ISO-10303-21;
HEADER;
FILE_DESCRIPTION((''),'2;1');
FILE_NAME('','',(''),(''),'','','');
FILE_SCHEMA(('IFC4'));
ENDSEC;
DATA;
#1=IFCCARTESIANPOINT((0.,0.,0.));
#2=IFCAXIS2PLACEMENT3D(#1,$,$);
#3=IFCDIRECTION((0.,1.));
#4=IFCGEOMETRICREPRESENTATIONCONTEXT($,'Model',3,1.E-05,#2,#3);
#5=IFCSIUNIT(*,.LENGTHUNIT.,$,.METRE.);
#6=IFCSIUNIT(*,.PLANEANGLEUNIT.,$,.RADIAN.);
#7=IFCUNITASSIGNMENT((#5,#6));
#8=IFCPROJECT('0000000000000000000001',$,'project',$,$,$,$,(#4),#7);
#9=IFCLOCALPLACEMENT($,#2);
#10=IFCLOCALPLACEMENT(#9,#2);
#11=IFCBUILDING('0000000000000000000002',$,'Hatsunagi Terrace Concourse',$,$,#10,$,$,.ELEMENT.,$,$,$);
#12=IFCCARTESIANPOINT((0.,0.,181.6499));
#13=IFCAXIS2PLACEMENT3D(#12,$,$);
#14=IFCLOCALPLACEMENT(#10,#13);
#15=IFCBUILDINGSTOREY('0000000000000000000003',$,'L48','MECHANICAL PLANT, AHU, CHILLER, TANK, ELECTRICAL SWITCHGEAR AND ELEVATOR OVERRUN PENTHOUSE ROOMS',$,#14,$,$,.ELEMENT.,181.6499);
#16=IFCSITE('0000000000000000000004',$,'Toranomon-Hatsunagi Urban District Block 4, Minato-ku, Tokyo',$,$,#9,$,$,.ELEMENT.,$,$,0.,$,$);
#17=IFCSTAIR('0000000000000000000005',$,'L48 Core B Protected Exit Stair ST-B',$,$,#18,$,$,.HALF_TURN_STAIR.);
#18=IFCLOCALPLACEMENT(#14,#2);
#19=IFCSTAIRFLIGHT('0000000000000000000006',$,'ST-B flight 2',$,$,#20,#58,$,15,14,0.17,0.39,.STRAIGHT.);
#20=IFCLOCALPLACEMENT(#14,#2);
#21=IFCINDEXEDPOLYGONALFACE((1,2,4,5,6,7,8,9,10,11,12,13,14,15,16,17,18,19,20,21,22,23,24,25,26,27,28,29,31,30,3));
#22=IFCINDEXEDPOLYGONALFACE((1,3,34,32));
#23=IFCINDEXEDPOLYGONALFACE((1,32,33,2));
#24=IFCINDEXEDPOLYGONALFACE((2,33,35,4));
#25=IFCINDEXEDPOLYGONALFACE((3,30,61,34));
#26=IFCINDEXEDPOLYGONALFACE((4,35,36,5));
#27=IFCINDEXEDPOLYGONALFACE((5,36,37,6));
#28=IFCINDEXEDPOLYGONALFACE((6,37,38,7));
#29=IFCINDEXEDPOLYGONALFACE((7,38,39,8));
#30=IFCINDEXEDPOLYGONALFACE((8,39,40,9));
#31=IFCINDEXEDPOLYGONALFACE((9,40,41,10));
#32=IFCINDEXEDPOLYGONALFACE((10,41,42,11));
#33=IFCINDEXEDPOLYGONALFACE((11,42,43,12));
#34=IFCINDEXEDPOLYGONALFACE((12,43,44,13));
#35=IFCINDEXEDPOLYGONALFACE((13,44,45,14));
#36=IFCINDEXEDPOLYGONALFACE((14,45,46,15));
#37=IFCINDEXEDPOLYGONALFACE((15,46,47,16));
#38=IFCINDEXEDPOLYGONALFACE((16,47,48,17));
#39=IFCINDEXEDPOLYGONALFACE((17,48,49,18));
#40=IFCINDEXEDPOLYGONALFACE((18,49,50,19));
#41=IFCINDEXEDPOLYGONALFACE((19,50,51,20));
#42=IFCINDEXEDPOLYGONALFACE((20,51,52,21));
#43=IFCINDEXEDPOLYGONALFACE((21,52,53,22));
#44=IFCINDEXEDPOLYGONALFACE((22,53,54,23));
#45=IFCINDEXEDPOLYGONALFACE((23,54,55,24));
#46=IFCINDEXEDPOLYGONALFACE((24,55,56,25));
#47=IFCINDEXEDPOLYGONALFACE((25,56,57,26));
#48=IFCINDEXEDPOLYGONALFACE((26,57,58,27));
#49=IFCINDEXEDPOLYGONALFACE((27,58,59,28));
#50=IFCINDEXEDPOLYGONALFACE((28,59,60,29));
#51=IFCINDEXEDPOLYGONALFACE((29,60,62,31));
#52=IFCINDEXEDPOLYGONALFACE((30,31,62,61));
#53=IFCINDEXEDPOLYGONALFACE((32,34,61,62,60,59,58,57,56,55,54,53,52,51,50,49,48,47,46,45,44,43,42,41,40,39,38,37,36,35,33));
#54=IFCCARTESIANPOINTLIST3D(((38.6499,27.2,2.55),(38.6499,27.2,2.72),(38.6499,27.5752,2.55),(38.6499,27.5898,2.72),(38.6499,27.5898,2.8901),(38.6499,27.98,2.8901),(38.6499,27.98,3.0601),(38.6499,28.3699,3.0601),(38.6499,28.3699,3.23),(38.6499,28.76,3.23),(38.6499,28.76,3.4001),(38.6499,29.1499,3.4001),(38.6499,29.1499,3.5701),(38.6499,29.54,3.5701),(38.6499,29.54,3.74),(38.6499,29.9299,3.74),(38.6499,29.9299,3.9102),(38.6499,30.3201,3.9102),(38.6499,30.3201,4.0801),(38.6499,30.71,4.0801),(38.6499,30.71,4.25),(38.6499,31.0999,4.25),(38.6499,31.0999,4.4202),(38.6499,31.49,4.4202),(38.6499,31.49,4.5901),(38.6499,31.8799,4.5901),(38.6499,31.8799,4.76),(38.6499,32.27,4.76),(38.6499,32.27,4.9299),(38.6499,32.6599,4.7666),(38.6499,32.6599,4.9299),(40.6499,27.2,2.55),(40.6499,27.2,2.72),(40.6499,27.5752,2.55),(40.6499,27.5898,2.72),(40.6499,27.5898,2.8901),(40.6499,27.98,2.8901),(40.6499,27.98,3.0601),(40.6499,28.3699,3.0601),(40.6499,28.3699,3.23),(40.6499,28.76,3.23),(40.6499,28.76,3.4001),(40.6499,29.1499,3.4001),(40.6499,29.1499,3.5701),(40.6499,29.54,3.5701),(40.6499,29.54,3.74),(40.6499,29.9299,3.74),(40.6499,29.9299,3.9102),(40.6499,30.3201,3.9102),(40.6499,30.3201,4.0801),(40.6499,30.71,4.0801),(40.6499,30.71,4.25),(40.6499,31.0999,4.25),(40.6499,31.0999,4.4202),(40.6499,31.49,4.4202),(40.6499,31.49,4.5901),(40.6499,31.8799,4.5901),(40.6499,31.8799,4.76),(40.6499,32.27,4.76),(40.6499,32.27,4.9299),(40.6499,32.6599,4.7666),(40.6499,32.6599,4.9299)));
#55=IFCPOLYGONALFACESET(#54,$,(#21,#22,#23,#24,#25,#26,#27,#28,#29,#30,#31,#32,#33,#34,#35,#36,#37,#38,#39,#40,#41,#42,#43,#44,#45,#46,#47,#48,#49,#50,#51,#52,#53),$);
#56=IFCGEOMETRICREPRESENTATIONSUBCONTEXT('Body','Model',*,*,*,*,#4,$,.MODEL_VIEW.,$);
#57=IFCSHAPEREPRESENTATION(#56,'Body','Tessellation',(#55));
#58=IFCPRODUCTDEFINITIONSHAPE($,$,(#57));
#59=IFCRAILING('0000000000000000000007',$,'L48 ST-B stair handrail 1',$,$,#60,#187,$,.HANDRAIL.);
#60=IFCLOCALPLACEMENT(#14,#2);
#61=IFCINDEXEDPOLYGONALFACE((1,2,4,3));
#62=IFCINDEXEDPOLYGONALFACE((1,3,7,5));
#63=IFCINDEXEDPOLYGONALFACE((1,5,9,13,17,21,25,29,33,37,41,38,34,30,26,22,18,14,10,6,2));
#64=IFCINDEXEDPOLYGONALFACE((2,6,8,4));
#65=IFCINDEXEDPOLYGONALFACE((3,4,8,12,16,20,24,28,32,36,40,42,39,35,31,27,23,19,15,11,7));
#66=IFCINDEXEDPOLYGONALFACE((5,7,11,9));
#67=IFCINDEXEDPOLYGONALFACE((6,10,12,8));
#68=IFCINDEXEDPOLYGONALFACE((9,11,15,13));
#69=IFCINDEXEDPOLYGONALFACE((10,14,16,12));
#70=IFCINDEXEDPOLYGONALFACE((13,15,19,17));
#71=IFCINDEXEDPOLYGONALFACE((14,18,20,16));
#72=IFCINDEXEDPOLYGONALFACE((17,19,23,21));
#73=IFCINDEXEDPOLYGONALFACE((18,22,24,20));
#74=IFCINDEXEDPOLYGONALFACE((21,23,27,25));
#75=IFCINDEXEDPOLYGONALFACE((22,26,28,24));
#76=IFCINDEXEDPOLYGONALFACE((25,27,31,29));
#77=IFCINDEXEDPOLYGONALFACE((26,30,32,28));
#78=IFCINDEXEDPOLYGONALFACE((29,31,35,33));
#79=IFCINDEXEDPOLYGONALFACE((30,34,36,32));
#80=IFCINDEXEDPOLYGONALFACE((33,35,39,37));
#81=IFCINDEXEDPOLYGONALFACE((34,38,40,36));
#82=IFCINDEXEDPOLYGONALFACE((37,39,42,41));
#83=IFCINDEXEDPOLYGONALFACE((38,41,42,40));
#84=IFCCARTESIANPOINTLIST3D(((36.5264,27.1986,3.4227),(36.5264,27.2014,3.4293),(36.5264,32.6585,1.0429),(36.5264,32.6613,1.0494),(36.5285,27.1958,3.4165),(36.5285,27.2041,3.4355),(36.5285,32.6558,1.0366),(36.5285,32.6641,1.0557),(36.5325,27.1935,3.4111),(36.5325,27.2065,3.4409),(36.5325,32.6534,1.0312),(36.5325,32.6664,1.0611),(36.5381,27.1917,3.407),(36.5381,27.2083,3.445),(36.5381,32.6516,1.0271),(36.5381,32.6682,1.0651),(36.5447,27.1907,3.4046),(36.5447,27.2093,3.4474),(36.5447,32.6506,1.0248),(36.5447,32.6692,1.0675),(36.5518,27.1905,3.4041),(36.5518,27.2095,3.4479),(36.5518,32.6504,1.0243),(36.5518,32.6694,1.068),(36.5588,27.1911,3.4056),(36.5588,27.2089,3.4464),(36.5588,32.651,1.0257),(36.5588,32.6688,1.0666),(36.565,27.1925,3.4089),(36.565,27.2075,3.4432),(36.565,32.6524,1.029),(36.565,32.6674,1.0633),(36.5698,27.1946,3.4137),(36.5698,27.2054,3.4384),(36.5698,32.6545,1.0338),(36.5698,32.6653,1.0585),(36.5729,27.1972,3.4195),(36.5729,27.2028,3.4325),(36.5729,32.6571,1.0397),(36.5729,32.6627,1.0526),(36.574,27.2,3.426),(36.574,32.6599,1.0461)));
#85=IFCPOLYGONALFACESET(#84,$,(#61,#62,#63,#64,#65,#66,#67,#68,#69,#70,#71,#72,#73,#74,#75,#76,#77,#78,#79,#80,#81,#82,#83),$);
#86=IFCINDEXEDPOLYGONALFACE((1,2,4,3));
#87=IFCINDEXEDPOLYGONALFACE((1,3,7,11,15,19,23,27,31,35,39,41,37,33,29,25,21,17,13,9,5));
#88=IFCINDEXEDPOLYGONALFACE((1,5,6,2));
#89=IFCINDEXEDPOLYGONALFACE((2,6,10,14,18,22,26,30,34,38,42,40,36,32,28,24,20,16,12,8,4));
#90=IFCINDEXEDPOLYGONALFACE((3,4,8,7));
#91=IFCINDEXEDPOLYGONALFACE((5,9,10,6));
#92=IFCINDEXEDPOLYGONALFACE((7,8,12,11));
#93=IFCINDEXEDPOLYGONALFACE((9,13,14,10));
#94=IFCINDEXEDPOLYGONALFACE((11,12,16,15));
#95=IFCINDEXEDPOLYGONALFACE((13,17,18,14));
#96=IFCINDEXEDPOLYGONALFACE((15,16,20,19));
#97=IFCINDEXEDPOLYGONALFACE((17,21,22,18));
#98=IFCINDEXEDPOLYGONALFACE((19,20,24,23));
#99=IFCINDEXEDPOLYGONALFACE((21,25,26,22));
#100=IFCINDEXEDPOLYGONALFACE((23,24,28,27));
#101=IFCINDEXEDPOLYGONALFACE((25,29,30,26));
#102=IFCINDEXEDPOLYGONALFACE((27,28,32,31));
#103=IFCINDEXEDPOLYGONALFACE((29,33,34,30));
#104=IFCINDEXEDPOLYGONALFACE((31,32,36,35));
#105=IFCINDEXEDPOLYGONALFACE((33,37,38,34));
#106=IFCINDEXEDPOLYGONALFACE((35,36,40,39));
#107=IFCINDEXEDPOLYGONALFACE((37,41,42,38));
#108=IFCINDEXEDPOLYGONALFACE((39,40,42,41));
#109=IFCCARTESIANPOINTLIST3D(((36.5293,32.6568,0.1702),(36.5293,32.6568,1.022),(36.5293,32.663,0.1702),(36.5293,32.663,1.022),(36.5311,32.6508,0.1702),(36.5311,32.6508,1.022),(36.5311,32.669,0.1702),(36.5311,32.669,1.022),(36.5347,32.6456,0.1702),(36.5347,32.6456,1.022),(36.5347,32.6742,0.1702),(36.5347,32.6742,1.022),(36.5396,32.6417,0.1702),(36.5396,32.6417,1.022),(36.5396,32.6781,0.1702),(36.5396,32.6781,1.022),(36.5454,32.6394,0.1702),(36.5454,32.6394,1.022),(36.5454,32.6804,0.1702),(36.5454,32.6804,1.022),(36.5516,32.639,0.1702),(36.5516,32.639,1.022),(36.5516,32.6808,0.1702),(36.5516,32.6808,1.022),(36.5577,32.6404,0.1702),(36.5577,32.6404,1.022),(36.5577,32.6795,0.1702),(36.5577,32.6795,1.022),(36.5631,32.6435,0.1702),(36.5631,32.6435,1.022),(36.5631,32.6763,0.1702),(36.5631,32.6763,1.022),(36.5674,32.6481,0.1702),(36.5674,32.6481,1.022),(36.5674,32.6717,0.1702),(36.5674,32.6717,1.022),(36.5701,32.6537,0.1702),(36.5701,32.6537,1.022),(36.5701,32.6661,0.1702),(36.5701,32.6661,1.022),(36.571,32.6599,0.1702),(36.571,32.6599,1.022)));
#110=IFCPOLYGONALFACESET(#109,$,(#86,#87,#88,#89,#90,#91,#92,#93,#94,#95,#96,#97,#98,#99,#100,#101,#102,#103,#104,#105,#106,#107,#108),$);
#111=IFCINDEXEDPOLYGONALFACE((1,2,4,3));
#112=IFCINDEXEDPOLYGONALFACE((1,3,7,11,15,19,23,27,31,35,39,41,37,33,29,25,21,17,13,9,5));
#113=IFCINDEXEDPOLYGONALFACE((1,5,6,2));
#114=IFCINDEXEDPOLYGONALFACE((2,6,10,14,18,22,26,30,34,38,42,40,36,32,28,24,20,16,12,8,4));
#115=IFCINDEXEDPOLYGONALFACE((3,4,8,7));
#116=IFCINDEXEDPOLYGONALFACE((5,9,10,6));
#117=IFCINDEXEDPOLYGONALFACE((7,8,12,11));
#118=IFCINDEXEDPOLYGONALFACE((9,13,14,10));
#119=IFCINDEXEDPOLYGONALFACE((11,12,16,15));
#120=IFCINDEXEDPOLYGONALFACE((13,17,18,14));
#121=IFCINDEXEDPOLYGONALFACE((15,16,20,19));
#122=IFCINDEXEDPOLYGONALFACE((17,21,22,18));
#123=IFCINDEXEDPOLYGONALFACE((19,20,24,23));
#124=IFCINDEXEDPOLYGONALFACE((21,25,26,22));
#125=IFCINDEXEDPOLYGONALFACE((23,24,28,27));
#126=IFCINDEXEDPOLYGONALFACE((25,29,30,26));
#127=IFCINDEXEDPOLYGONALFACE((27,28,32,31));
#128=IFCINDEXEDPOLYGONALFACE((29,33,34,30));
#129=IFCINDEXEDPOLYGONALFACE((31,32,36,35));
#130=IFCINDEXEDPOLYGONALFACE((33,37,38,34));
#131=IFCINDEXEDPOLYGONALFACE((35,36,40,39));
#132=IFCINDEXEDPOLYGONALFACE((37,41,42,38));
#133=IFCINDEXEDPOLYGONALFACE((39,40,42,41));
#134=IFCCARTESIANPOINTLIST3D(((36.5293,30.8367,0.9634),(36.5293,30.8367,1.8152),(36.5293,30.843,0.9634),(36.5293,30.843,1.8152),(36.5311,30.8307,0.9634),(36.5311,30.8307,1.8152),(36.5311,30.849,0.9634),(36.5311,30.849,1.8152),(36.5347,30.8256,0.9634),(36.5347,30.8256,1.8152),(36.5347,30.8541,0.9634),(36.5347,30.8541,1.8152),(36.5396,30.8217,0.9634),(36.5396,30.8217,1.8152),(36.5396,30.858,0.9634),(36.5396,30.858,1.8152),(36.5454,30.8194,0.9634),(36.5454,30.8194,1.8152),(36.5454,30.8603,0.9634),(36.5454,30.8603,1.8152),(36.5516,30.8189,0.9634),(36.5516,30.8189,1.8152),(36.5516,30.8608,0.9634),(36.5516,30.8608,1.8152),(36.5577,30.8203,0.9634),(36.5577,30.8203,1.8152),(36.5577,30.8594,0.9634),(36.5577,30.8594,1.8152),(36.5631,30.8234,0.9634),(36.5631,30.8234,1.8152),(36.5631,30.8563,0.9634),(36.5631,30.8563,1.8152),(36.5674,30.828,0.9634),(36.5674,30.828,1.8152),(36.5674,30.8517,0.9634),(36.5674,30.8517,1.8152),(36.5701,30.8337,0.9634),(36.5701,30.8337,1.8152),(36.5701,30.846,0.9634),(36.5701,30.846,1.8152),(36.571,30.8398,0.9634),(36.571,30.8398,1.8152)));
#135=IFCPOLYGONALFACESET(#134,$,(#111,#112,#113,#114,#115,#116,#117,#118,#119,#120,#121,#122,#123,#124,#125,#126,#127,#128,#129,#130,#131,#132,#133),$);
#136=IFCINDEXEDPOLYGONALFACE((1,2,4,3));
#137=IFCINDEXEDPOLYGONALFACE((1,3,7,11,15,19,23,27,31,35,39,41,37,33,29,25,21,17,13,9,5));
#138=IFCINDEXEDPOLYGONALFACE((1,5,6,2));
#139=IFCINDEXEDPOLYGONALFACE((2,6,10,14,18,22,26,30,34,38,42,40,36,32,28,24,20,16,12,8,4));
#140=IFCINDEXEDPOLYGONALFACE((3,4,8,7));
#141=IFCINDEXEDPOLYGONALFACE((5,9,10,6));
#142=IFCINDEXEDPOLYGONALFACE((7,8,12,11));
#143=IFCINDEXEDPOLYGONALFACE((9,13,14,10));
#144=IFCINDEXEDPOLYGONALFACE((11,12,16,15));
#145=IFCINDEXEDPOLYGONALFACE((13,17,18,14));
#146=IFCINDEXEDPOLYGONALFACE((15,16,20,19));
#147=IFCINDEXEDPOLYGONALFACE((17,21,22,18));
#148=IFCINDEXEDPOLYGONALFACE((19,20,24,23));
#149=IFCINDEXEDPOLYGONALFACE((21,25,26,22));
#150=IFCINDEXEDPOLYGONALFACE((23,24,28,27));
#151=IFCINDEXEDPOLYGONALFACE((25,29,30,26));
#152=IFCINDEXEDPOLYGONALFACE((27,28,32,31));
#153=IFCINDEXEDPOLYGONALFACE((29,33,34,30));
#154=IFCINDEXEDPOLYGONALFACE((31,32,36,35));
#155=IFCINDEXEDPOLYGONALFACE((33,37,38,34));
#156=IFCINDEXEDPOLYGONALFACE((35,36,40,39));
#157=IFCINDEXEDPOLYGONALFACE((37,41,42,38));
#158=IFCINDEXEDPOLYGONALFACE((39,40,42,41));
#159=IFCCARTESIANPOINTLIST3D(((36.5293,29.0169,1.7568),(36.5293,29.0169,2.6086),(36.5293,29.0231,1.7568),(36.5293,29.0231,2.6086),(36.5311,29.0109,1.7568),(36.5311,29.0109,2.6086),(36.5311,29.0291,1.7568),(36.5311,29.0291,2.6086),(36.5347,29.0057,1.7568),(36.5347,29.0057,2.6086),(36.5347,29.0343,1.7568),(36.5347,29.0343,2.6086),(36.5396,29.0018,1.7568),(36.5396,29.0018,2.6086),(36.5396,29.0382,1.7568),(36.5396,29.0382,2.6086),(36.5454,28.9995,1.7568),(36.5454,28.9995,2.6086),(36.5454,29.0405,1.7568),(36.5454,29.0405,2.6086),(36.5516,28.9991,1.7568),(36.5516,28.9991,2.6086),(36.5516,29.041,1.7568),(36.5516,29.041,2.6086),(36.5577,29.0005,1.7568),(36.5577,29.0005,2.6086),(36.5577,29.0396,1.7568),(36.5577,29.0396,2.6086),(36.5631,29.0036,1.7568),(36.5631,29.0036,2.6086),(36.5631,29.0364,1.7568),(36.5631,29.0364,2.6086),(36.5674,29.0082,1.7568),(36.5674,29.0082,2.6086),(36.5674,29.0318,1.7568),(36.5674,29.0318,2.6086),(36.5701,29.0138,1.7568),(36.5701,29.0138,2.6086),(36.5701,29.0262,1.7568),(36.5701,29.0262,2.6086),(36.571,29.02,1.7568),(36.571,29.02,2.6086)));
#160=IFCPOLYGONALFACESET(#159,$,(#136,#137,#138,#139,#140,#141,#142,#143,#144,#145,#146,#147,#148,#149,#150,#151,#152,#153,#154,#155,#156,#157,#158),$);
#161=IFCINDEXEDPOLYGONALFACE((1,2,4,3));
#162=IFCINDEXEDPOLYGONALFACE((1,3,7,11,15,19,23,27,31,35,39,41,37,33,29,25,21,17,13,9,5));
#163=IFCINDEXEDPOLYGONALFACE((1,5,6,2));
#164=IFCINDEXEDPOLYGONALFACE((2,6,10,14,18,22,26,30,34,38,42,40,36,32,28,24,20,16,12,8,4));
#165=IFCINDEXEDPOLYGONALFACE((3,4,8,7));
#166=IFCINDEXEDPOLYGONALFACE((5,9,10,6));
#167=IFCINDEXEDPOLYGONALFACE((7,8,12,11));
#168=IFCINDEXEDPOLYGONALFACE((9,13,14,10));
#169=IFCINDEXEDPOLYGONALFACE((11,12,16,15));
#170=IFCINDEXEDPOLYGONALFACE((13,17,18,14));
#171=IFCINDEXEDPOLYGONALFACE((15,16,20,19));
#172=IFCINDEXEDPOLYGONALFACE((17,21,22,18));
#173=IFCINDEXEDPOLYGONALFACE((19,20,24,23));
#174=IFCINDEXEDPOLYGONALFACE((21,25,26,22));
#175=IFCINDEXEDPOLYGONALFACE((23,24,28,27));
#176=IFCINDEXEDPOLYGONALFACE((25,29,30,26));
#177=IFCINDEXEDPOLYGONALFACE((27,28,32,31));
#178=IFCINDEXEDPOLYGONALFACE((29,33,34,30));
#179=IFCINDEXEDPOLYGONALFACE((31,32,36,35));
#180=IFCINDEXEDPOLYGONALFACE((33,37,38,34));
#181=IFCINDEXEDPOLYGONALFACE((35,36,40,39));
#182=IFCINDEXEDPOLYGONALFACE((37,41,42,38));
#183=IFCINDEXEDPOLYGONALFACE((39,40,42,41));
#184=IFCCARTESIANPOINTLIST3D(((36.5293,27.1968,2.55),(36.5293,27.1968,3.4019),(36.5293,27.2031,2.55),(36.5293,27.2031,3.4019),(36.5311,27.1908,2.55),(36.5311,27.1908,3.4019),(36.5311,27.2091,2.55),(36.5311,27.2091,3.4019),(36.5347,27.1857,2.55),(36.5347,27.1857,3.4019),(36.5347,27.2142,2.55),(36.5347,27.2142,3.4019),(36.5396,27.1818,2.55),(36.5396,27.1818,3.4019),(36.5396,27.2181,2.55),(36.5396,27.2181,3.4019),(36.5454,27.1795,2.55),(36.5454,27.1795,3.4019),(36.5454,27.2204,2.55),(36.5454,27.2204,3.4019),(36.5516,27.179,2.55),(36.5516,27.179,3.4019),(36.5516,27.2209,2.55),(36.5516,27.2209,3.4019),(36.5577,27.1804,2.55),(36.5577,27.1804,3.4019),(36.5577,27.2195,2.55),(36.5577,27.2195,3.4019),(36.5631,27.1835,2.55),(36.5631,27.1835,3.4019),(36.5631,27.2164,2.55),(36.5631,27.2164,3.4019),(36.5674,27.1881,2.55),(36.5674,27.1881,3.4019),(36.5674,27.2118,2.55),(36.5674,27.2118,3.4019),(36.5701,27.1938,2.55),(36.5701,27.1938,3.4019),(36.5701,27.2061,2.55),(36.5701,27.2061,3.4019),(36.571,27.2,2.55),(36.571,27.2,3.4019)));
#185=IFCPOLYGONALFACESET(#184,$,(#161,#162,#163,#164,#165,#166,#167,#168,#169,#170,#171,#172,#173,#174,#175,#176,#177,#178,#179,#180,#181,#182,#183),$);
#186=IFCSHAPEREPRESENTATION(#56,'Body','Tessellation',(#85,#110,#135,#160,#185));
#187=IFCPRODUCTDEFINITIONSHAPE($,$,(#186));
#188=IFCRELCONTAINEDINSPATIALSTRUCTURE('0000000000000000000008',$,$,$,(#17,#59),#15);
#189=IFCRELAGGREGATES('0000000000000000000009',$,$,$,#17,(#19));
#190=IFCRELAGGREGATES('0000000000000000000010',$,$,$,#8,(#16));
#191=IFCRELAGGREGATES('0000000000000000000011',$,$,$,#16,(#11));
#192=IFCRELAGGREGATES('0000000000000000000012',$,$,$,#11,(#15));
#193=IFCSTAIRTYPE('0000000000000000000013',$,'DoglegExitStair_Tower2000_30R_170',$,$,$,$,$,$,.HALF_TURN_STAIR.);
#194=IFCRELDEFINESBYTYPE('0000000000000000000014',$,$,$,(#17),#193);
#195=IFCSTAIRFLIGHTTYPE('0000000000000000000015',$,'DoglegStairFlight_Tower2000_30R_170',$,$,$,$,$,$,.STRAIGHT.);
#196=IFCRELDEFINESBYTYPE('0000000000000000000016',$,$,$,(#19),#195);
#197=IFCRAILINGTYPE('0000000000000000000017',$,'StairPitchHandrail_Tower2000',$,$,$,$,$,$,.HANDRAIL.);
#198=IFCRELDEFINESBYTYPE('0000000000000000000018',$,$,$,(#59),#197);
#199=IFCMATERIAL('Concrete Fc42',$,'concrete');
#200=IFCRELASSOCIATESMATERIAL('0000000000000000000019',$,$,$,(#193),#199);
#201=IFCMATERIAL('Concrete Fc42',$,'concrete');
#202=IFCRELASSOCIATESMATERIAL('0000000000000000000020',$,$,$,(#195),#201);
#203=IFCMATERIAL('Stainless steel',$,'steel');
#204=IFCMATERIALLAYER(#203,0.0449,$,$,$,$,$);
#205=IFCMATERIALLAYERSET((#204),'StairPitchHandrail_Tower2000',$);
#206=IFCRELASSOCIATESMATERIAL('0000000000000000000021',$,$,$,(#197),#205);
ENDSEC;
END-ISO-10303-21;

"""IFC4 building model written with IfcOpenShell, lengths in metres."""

from ifc_helpers import new_model, si_unit, direction, frame, origin, origin_2d, place, context, subcontext, project, spatial, polyline, circle, outline, extrude, material, layer, layer_set, type_object, element, aggregate, save


model = new_model("IFC4")

# Units and contexts
model_context = context("Model", 3, precision=1e-05, world=origin(), true_north=direction((0.0, 1.0)))
body_context = subcontext(model_context, "Body", "Model", "MODEL_VIEW")
ifc_project = project(units=[si_unit("LENGTHUNIT", "METRE"), si_unit("PLANEANGLEUNIT", "RADIAN")], contexts=[model_context])

# Site, building, storey
site_placement = place(None, origin())
site = spatial("IfcSite", under=ifc_project, at=site_placement, Name="Toranomon-Hatsunagi Urban District Block 4, Minato-ku, Tokyo", CompositionType="ELEMENT", RefElevation=0.0)
building_placement = place(site_placement, origin())
building = spatial("IfcBuilding", under=site, at=building_placement, Name="Hatsunagi Terrace Concourse", CompositionType="ELEMENT")
storey_placement = place(building_placement, frame((0.0, 0.0, 181.6499)))
storey = spatial("IfcBuildingStorey", under=building, at=storey_placement, Name="L48", Description="MECHANICAL PLANT, AHU, CHILLER, TANK, ELECTRICAL SWITCHGEAR AND ELEVATOR OVERRUN PENTHOUSE ROOMS", CompositionType="ELEMENT", Elevation=181.6499)

# Stair, stair flight
ifc_material_1 = material(Name="Concrete Fc42", Category="concrete")
stair_type = type_object("IfcStairType", Name="DoglegExitStair_Tower2000_30R_170", PredefinedType="HALF_TURN_STAIR", material=ifc_material_1)
stair_placement = place(storey_placement, origin())
stair = element("IfcStair", 1, at=stair_placement, inside=storey, type_object=stair_type, Name="L48 Core B Protected Exit Stair ST-B", PredefinedType="HALF_TURN_STAIR")
ifc_material_2 = material(Name="Concrete Fc42", Category="concrete")
stair_flight_type = type_object("IfcStairFlightType", Name="DoglegStairFlight_Tower2000_30R_170", PredefinedType="STRAIGHT", material=ifc_material_2)
stair_flight_1_placement = place(storey_placement, frame((39.6499, 27.2, 2.55), z_axis=(0.0, 0.0, 1.0), x_axis=(0.0, 1.0, 0.0)))
stair_flight_1 = element("IfcStairFlight", 2, at=stair_flight_1_placement, type_object=stair_flight_type, Name="ST-B flight 2", NumberOfRisers=15, NumberOfTreads=14, PredefinedType="STRAIGHT", RiserHeight=0.17, TreadLength=0.39, context=body_context, shape_type="SweptSolid", body=[
    extrude(outline(polyline([(0.0, 0.0), (0.0, 0.1699), (0.3899, 0.1699), (0.3899, 0.3401), (0.78, 0.3401), (0.78, 0.51), (1.1699, 0.51), (1.1699, 0.6799), (1.5601, 0.6799), (1.5601, 0.8501), (1.95, 0.8501), (1.95, 1.02), (2.3401, 1.02), (2.3401, 1.1899), (2.73, 1.1899), (2.73, 1.3601), (3.1201, 1.3601), (3.1201, 1.53), (3.51, 1.53), (3.51, 1.7), (3.8999, 1.7), (3.8999, 1.8701), (4.29, 1.8701), (4.29, 2.04), (4.6799, 2.04), (4.6799, 2.21), (5.0701, 2.21), (5.0701, 2.3799), (5.46, 2.3799), (5.46, 2.55), (5.46, 2.2166), (0.3752, 0.0), (0.0, 0.0)])), frame((0.0, 1.0, 0.0), z_axis=(0.0, -1.0, 0.0), x_axis=(1.0, 0.0, 0.0)), (0.0, 0.0, 1.0), 2.0),
])
aggregate(stair, [stair_flight_1])

# Railing
ifc_material_3 = material(Name="Stainless steel", Category="steel")
ifc_layer_1 = layer(ifc_material_3, 0.0449)
ifc_layer_set_1 = layer_set([ifc_layer_1], Name="StairPitchHandrail_Tower2000")
railing_type_1 = type_object("IfcRailingType", Name="StairPitchHandrail_Tower2000", PredefinedType="HANDRAIL", material=ifc_layer_set_1)
railing_1_placement = place(storey_placement, frame((36.55, 32.6599, 0.1702)))
element("IfcRailing", 3, at=railing_1_placement, inside=storey, type_object=railing_type_1, Name="L48 ST-B stair handrail 1", PredefinedType="HANDRAIL", context=body_context, shape_type="SweptSolid", body=[
    extrude(circle(Radius=0.0239, at=origin_2d()), frame((0.0, 0.0, 0.876), z_axis=(0.0, -0.916702, 0.399571), x_axis=(1.0, 0.0, 0.0)), (0.0, 0.0, 1.0), 5.9561),
    extrude(circle(Radius=0.021, at=origin_2d()), origin(), (0.0, 0.0, 1.0), 0.8518),
    extrude(circle(Radius=0.021, at=origin_2d()), frame((0.0, -1.8201, 0.7932)), (0.0, 0.0, 1.0), 0.8518),
    extrude(circle(Radius=0.021, at=origin_2d()), frame((0.0, -3.6399, 1.5867)), (0.0, 0.0, 1.0), 0.8518),
    extrude(circle(Radius=0.021, at=origin_2d()), frame((0.0, -5.46, 2.3799)), (0.0, 0.0, 1.0), 0.8518),
])

save(model, "model.ifc")
